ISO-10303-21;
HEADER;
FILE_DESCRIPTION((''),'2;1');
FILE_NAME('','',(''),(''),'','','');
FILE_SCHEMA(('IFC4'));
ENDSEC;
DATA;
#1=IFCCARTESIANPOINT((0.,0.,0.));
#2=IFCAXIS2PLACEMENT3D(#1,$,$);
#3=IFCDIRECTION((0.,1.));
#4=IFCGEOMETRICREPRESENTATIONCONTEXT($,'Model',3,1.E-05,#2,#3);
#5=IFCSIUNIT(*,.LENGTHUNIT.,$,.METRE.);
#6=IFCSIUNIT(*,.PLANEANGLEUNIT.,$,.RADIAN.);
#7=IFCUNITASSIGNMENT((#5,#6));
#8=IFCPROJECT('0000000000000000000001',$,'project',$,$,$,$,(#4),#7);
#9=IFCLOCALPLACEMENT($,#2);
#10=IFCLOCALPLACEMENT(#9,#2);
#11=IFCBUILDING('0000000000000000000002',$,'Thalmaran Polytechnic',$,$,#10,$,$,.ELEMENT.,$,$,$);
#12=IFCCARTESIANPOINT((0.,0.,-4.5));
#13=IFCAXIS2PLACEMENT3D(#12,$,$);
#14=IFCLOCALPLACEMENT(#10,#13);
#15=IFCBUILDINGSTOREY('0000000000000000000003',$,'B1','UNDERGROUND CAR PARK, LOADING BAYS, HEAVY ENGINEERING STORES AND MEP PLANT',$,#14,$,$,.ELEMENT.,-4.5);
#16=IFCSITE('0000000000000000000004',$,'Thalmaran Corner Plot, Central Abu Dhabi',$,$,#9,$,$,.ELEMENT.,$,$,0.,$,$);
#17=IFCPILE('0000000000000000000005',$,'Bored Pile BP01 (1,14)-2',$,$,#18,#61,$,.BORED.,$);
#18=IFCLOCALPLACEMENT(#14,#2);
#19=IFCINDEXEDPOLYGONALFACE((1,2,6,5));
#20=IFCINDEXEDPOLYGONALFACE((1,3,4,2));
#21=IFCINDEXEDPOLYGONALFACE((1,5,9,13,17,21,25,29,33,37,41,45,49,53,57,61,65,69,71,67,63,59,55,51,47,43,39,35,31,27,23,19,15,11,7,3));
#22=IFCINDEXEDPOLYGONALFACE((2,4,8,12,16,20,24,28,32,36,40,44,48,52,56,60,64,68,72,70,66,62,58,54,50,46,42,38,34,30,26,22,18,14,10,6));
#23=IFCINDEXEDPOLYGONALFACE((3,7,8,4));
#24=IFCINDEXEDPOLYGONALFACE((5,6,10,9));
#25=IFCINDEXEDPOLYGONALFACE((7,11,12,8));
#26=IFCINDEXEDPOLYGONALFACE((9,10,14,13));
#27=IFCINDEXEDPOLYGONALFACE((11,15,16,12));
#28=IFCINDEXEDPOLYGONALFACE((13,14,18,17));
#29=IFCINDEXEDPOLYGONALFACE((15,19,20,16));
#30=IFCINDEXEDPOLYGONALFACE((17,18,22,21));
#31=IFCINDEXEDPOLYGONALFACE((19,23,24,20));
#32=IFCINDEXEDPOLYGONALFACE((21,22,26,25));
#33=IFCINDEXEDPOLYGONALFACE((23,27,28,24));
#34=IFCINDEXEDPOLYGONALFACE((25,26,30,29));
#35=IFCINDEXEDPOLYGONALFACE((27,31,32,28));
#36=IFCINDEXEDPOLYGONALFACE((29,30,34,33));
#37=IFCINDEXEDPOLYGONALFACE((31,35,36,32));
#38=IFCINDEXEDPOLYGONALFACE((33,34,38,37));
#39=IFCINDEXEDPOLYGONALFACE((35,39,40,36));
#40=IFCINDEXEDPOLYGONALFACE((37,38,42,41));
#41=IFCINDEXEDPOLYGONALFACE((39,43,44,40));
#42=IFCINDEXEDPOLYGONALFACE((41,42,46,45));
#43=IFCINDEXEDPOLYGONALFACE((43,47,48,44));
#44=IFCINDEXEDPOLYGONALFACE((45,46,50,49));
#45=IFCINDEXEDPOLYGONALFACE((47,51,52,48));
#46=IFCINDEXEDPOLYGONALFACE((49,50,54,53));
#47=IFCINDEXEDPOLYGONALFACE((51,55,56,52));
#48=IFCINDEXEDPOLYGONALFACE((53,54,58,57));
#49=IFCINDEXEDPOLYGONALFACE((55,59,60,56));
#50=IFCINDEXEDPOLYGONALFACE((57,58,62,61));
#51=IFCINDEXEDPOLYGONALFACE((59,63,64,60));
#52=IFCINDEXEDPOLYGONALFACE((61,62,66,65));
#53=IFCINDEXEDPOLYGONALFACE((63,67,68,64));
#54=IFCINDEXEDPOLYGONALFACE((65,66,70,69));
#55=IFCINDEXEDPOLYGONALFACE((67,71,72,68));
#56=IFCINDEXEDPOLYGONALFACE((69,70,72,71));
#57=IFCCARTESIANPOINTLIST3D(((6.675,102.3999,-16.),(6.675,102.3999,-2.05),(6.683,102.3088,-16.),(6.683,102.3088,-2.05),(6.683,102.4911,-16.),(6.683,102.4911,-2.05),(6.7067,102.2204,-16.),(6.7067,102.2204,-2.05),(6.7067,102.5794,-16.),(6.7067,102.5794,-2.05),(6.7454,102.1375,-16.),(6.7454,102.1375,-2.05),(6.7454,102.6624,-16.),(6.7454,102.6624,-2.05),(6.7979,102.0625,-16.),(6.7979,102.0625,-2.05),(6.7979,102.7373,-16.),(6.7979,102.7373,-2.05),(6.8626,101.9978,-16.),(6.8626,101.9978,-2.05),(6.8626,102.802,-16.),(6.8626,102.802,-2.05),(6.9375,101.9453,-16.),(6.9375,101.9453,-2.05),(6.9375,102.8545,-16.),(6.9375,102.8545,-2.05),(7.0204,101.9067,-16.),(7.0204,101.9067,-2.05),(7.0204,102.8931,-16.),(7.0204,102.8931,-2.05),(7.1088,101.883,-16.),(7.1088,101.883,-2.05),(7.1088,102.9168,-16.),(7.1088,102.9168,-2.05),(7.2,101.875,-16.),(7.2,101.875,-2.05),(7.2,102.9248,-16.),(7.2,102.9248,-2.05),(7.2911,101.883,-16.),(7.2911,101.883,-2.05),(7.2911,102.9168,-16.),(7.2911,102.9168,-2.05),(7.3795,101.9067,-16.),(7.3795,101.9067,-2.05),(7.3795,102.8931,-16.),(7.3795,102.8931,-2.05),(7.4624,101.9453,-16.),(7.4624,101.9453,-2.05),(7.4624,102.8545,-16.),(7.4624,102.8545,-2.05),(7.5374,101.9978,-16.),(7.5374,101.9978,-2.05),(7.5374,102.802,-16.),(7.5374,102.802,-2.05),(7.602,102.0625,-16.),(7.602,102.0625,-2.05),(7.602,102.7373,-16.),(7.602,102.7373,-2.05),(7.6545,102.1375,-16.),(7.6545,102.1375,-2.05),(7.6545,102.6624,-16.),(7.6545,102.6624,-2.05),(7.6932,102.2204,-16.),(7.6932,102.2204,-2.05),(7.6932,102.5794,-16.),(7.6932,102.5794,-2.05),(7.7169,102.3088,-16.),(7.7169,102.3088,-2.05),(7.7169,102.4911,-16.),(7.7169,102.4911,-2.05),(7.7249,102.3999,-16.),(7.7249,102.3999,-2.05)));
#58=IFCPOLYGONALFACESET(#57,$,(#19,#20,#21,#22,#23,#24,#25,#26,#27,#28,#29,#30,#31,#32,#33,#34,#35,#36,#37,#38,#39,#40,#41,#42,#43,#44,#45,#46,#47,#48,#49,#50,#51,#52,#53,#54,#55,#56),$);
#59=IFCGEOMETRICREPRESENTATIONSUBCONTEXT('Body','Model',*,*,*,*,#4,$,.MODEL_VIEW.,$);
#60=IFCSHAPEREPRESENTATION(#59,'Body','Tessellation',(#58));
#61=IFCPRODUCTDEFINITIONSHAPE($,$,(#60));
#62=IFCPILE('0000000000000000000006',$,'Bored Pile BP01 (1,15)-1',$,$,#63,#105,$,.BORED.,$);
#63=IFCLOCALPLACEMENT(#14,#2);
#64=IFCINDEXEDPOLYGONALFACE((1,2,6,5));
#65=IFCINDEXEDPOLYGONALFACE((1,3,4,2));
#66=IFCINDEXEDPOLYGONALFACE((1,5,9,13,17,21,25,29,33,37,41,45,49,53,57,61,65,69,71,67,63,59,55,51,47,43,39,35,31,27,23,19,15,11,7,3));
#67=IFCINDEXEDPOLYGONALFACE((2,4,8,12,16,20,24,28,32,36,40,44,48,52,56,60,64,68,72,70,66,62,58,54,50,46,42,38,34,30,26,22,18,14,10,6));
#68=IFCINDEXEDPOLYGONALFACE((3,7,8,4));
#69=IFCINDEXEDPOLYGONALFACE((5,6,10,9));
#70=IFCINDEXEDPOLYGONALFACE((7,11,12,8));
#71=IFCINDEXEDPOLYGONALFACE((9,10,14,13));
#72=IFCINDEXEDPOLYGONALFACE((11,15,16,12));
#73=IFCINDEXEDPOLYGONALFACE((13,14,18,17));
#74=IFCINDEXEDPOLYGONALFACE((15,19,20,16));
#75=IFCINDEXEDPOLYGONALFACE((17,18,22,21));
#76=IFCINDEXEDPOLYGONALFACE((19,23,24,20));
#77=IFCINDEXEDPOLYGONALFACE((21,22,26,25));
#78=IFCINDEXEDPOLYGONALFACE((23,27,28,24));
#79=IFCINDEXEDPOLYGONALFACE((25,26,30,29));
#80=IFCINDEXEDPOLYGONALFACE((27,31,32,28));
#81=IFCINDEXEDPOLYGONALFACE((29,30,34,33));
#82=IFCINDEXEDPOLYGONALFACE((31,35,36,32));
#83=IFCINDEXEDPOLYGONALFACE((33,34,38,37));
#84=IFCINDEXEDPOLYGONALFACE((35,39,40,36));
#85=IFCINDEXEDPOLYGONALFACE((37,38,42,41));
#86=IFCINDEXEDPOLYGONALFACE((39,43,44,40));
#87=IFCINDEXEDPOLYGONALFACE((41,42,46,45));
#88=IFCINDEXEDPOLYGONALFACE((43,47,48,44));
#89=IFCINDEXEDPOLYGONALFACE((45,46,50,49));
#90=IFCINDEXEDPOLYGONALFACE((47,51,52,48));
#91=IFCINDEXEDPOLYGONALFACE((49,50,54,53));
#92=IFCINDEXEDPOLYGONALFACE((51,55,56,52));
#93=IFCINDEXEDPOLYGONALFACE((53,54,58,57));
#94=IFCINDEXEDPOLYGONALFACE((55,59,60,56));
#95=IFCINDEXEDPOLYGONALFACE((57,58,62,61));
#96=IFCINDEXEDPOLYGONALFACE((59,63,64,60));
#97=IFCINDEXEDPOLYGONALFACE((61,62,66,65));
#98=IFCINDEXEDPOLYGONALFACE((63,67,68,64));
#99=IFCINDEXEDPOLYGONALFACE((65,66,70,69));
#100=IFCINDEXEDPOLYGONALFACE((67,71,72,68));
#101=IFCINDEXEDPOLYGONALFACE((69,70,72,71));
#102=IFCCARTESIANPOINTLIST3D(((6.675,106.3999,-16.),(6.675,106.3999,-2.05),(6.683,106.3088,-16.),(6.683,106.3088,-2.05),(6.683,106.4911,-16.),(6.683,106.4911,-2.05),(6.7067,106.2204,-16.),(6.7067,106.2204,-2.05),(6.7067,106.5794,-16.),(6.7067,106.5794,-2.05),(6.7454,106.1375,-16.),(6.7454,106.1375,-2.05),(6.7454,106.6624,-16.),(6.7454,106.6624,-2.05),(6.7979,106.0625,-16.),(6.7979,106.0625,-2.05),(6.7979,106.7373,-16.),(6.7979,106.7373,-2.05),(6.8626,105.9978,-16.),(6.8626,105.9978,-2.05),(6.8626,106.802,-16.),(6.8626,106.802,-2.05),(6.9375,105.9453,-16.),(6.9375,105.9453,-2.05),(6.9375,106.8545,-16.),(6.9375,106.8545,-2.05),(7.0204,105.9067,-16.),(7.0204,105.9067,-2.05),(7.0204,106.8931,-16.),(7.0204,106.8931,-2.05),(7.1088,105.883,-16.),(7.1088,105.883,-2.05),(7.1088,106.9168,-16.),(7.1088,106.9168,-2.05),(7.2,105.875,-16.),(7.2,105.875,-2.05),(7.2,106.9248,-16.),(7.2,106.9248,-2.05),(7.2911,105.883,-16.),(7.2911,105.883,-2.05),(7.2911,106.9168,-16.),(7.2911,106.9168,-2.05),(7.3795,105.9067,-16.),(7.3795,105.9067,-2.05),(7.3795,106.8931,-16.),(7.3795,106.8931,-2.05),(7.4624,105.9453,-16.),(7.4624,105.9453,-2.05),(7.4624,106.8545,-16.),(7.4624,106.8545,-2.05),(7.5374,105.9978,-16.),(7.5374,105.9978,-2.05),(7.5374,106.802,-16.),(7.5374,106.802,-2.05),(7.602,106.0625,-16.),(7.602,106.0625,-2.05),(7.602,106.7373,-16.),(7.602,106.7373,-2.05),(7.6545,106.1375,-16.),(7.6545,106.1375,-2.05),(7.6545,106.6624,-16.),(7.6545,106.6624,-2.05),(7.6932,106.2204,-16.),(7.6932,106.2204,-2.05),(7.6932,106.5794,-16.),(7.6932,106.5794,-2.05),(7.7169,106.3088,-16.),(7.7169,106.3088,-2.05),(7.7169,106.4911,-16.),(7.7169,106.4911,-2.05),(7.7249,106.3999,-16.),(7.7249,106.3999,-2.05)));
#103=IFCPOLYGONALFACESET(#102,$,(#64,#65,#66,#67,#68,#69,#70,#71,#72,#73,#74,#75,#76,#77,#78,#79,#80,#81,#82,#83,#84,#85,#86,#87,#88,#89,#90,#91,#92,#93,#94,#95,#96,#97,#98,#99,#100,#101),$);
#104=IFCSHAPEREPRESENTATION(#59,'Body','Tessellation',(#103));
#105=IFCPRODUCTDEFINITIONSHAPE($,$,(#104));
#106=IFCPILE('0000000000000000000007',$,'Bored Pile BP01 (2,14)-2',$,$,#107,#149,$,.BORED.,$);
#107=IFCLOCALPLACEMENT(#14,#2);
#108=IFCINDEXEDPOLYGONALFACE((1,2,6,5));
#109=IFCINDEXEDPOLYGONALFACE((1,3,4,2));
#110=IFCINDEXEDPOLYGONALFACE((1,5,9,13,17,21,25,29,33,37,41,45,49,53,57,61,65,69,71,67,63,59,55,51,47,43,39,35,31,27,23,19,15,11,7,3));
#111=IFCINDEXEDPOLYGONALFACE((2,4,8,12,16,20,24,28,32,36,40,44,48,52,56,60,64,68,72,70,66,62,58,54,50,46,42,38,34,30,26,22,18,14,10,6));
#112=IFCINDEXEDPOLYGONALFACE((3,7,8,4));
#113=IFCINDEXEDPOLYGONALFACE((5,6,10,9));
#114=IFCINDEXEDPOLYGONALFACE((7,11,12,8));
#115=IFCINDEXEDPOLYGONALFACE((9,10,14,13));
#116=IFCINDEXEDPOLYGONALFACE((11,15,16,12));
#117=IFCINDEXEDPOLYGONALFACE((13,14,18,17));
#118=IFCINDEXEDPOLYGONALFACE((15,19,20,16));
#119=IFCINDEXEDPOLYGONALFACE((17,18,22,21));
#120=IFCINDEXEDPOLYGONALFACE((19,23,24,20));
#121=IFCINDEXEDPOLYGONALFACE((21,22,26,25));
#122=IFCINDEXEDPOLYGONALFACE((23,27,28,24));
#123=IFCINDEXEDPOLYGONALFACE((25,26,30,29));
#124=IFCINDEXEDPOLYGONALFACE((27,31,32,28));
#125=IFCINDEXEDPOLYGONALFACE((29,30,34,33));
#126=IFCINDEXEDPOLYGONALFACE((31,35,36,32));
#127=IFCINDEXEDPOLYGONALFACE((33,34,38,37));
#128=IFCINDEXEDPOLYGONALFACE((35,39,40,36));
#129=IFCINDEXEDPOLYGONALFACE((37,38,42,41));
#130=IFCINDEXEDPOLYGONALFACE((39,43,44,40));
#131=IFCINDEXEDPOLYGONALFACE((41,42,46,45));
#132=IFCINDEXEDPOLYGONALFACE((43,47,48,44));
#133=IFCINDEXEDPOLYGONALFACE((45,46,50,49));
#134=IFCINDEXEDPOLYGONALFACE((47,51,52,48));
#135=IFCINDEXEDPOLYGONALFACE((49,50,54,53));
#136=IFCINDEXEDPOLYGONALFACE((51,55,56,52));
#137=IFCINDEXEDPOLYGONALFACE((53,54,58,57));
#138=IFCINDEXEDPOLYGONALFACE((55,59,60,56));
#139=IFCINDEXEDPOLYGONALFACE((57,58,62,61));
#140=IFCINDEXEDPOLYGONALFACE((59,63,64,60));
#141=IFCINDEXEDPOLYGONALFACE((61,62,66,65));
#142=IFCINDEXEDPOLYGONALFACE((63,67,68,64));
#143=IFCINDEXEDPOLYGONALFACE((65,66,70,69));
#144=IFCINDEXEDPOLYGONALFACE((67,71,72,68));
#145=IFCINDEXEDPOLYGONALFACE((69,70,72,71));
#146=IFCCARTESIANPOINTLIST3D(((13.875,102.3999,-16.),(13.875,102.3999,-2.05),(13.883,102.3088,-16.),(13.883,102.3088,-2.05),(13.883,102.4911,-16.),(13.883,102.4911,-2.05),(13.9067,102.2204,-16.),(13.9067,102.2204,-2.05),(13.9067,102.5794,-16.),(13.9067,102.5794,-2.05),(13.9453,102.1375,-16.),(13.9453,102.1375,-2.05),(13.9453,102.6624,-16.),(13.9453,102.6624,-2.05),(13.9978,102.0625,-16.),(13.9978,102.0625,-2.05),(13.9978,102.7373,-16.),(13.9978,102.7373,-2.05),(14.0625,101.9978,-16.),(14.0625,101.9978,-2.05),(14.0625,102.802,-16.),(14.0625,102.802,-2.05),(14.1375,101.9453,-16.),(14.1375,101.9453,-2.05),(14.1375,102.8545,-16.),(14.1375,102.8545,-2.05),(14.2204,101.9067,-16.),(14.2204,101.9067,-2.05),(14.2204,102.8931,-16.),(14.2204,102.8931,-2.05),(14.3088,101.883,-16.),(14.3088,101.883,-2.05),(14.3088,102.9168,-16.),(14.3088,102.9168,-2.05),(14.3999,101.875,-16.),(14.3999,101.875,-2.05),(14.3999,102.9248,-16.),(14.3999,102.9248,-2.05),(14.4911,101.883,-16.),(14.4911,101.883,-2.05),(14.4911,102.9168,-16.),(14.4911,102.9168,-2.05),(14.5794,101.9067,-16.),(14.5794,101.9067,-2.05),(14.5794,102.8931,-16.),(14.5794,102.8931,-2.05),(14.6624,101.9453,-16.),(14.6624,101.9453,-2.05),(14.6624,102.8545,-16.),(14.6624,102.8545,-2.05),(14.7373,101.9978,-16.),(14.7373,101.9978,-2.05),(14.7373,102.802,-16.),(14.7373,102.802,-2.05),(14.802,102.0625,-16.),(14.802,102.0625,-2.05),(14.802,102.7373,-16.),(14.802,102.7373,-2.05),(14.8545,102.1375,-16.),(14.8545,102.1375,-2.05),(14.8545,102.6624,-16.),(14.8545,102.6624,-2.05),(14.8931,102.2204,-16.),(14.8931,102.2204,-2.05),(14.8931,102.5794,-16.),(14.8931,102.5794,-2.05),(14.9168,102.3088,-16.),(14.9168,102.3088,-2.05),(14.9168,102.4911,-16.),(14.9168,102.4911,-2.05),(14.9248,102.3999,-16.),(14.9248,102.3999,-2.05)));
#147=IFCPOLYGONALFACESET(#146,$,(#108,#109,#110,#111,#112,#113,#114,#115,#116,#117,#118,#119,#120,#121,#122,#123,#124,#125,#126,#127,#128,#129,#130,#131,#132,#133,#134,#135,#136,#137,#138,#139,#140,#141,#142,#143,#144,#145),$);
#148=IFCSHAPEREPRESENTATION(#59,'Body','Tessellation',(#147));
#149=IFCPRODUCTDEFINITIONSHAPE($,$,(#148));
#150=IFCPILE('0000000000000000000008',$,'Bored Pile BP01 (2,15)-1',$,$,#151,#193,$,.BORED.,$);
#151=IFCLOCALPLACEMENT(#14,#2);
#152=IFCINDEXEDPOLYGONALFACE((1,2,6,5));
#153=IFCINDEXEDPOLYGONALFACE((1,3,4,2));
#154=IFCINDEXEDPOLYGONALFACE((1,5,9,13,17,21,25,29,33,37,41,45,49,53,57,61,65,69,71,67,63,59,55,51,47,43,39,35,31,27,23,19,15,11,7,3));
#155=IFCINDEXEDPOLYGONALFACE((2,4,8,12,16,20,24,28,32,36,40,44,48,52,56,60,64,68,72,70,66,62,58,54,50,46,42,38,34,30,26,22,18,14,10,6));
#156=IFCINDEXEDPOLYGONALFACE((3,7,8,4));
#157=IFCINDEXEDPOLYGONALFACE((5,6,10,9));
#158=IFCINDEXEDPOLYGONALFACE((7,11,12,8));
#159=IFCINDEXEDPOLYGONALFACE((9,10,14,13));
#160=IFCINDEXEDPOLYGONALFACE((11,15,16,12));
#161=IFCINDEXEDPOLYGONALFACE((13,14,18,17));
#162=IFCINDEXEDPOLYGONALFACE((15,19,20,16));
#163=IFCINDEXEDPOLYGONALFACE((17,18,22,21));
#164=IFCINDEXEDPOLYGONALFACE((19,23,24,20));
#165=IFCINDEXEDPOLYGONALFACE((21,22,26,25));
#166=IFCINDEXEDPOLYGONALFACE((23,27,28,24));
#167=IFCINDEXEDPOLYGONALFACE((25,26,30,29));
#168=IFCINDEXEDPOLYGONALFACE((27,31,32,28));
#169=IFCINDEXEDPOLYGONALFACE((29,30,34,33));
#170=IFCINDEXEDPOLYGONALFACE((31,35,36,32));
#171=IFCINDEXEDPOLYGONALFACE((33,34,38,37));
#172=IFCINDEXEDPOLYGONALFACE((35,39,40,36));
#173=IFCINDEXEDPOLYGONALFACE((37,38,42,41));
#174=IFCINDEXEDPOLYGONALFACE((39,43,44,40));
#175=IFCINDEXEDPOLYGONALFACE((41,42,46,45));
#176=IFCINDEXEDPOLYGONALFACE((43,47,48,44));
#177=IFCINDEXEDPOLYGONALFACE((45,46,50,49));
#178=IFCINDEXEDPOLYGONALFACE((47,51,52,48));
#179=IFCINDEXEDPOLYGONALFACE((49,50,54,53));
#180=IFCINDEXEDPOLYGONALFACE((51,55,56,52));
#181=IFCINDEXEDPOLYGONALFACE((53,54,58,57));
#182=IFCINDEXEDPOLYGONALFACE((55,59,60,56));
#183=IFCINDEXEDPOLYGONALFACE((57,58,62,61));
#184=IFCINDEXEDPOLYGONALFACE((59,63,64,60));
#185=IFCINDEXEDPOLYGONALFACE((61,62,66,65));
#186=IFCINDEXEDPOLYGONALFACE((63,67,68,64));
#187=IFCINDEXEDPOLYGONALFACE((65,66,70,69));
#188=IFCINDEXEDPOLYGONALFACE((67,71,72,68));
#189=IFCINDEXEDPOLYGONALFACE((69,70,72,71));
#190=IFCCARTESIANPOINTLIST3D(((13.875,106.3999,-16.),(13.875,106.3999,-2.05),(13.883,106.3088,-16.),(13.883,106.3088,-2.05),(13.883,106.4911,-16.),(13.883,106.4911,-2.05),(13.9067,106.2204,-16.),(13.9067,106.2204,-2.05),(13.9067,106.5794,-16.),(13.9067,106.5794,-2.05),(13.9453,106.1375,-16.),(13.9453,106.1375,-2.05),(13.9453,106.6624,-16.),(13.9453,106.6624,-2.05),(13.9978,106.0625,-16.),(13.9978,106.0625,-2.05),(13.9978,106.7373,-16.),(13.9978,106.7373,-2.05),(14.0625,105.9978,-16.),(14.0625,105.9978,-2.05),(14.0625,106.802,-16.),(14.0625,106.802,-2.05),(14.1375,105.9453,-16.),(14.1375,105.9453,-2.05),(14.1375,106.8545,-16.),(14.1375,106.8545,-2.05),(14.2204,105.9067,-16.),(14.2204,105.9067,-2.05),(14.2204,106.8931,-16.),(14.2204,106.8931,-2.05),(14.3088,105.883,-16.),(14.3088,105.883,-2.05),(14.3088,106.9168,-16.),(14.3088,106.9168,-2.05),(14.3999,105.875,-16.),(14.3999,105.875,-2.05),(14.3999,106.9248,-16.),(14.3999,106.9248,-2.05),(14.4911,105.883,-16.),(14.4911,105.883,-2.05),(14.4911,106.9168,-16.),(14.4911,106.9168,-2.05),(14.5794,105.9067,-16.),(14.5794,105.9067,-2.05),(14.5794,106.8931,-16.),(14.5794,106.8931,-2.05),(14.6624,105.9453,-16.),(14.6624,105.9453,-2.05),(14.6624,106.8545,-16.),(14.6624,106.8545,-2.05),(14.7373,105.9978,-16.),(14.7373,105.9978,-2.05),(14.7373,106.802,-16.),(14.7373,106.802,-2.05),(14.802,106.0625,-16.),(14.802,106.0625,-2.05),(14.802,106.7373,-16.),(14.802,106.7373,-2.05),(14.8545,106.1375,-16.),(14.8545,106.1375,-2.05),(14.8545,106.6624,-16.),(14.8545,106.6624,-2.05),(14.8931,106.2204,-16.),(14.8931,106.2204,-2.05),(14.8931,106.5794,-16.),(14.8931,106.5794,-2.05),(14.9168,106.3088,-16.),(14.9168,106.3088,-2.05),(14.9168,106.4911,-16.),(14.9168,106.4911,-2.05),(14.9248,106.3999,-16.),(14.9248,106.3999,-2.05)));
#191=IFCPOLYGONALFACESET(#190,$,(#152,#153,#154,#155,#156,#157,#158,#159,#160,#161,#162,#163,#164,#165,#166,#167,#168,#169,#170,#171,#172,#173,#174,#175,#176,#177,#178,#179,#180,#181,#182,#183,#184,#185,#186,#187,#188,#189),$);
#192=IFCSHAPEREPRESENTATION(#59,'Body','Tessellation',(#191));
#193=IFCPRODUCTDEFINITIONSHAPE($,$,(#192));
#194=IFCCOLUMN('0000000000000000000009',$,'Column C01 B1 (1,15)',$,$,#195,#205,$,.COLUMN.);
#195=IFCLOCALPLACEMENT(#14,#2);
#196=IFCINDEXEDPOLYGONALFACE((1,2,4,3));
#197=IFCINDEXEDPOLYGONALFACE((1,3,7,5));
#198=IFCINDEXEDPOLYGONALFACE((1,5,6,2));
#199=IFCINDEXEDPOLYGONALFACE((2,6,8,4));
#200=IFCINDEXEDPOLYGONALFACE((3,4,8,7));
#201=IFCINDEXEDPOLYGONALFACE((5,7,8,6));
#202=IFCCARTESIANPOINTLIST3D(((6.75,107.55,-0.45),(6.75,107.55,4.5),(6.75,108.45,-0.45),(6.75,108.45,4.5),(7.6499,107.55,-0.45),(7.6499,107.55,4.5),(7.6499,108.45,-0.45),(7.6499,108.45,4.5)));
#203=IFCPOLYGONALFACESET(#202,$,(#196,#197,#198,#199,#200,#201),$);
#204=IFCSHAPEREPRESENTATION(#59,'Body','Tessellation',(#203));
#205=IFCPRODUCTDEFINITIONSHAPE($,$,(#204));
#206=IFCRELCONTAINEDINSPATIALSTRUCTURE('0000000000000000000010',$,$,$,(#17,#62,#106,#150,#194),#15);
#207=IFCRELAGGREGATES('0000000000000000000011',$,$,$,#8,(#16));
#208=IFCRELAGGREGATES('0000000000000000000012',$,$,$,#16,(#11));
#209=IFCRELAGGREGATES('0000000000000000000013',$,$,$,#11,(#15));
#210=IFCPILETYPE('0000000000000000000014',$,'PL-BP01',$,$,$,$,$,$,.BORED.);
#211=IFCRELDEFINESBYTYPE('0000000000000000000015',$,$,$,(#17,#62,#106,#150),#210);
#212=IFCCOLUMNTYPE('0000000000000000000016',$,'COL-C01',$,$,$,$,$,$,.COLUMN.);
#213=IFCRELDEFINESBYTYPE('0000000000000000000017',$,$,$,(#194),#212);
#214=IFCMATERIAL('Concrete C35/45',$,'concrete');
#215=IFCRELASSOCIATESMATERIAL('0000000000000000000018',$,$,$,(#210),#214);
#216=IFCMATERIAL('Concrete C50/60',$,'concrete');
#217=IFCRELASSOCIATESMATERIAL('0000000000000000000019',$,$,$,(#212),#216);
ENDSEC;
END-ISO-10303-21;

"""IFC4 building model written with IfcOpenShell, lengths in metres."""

from ifc_helpers import new_model, si_unit, direction, frame, origin, origin_2d, place, context, subcontext, project, spatial, rectangle, circle, extrude, material, material_profile, profile_set, type_object, element, save


model = new_model("IFC4")

# Units and contexts
model_context = context("Model", 3, precision=1e-05, world=origin(), true_north=direction((0.0, 1.0)))
body_context = subcontext(model_context, "Body", "Model", "MODEL_VIEW")
ifc_project = project(units=[si_unit("LENGTHUNIT", "METRE"), si_unit("PLANEANGLEUNIT", "RADIAN")], contexts=[model_context])

# Site, building, storey
site_placement = place(None, origin())
site = spatial("IfcSite", under=ifc_project, at=site_placement, Name="Thalmaran Corner Plot, Central Abu Dhabi", CompositionType="ELEMENT", RefElevation=0.0)
building_placement = place(site_placement, origin())
building = spatial("IfcBuilding", under=site, at=building_placement, Name="Thalmaran Polytechnic", CompositionType="ELEMENT")
storey_placement = place(building_placement, frame((0.0, 0.0, -4.5)))
storey = spatial("IfcBuildingStorey", under=building, at=storey_placement, Name="B1", Description="UNDERGROUND CAR PARK, LOADING BAYS, HEAVY ENGINEERING STORES AND MEP PLANT", CompositionType="ELEMENT", Elevation=-4.5)

# Piles
ifc_material_1 = material(Name="Concrete C35/45", Category="concrete")
ifc_material_profile_1 = material_profile(ifc_material_1, circle(Radius=0.5249, at=origin_2d()), Name="RC 1050 DIA")
ifc_profile_set_1 = profile_set([ifc_material_profile_1], Name="Concrete C35/45")
pile_type = type_object("IfcPileType", Name="PL-BP01", PredefinedType="BORED", material=ifc_profile_set_1)
for number, where, z_axis, x_axis, name in (
    (1, (7.2, 102.3999, -2.05), (0.0, 0.0, -1.0), (1.0, 0.0, 0.0), "Bored Pile BP01 (1,14)-2"),
    (2, (7.2, 106.3999, -2.05), (0.0, 0.0, -1.0), (1.0, 0.0, 0.0), "Bored Pile BP01 (1,15)-1"),
    (3, (14.3999, 102.3999, -2.05), (0.0, 0.0, -1.0), (1.0, 0.0, 0.0), "Bored Pile BP01 (2,14)-2"),
    (4, (14.3999, 106.3999, -2.05), (0.0, 0.0, -1.0), (1.0, 0.0, 0.0), "Bored Pile BP01 (2,15)-1"),
):
    element("IfcPile", number, at=place(storey_placement, frame(where, z_axis=z_axis, x_axis=x_axis)), inside=storey, type_object=pile_type, Name=name, PredefinedType="BORED", context=body_context, shape_type="SweptSolid", body=[
        extrude(circle(Radius=0.5249, at=origin_2d()), origin(), (0.0, 0.0, 1.0), 13.95),
    ])

# Column
ifc_material_2 = material(Name="Concrete C50/60", Category="concrete")
ifc_material_profile_2 = material_profile(ifc_material_2, rectangle(XDim=0.8999, YDim=0.8999, at=origin_2d()), Name="RC 900x900")
ifc_profile_set_2 = profile_set([ifc_material_profile_2], Name="Concrete C50/60")
column_type_1 = type_object("IfcColumnType", Name="COL-C01", PredefinedType="COLUMN", material=ifc_profile_set_2)
column_placement = place(storey_placement, frame((7.2, 108.0, -0.45), z_axis=(0.0, 0.0, 1.0), x_axis=(1.0, 0.0, 0.0)))
element("IfcColumn", 5, at=column_placement, inside=storey, type_object=column_type_1, Name="Column C01 B1 (1,15)", PredefinedType="COLUMN", context=body_context, shape_type="SweptSolid", body=[
    extrude(rectangle(XDim=0.8999, YDim=0.8999, at=origin_2d()), origin(), (0.0, 0.0, 1.0), 4.95),
])

save(model, "model.ifc")
